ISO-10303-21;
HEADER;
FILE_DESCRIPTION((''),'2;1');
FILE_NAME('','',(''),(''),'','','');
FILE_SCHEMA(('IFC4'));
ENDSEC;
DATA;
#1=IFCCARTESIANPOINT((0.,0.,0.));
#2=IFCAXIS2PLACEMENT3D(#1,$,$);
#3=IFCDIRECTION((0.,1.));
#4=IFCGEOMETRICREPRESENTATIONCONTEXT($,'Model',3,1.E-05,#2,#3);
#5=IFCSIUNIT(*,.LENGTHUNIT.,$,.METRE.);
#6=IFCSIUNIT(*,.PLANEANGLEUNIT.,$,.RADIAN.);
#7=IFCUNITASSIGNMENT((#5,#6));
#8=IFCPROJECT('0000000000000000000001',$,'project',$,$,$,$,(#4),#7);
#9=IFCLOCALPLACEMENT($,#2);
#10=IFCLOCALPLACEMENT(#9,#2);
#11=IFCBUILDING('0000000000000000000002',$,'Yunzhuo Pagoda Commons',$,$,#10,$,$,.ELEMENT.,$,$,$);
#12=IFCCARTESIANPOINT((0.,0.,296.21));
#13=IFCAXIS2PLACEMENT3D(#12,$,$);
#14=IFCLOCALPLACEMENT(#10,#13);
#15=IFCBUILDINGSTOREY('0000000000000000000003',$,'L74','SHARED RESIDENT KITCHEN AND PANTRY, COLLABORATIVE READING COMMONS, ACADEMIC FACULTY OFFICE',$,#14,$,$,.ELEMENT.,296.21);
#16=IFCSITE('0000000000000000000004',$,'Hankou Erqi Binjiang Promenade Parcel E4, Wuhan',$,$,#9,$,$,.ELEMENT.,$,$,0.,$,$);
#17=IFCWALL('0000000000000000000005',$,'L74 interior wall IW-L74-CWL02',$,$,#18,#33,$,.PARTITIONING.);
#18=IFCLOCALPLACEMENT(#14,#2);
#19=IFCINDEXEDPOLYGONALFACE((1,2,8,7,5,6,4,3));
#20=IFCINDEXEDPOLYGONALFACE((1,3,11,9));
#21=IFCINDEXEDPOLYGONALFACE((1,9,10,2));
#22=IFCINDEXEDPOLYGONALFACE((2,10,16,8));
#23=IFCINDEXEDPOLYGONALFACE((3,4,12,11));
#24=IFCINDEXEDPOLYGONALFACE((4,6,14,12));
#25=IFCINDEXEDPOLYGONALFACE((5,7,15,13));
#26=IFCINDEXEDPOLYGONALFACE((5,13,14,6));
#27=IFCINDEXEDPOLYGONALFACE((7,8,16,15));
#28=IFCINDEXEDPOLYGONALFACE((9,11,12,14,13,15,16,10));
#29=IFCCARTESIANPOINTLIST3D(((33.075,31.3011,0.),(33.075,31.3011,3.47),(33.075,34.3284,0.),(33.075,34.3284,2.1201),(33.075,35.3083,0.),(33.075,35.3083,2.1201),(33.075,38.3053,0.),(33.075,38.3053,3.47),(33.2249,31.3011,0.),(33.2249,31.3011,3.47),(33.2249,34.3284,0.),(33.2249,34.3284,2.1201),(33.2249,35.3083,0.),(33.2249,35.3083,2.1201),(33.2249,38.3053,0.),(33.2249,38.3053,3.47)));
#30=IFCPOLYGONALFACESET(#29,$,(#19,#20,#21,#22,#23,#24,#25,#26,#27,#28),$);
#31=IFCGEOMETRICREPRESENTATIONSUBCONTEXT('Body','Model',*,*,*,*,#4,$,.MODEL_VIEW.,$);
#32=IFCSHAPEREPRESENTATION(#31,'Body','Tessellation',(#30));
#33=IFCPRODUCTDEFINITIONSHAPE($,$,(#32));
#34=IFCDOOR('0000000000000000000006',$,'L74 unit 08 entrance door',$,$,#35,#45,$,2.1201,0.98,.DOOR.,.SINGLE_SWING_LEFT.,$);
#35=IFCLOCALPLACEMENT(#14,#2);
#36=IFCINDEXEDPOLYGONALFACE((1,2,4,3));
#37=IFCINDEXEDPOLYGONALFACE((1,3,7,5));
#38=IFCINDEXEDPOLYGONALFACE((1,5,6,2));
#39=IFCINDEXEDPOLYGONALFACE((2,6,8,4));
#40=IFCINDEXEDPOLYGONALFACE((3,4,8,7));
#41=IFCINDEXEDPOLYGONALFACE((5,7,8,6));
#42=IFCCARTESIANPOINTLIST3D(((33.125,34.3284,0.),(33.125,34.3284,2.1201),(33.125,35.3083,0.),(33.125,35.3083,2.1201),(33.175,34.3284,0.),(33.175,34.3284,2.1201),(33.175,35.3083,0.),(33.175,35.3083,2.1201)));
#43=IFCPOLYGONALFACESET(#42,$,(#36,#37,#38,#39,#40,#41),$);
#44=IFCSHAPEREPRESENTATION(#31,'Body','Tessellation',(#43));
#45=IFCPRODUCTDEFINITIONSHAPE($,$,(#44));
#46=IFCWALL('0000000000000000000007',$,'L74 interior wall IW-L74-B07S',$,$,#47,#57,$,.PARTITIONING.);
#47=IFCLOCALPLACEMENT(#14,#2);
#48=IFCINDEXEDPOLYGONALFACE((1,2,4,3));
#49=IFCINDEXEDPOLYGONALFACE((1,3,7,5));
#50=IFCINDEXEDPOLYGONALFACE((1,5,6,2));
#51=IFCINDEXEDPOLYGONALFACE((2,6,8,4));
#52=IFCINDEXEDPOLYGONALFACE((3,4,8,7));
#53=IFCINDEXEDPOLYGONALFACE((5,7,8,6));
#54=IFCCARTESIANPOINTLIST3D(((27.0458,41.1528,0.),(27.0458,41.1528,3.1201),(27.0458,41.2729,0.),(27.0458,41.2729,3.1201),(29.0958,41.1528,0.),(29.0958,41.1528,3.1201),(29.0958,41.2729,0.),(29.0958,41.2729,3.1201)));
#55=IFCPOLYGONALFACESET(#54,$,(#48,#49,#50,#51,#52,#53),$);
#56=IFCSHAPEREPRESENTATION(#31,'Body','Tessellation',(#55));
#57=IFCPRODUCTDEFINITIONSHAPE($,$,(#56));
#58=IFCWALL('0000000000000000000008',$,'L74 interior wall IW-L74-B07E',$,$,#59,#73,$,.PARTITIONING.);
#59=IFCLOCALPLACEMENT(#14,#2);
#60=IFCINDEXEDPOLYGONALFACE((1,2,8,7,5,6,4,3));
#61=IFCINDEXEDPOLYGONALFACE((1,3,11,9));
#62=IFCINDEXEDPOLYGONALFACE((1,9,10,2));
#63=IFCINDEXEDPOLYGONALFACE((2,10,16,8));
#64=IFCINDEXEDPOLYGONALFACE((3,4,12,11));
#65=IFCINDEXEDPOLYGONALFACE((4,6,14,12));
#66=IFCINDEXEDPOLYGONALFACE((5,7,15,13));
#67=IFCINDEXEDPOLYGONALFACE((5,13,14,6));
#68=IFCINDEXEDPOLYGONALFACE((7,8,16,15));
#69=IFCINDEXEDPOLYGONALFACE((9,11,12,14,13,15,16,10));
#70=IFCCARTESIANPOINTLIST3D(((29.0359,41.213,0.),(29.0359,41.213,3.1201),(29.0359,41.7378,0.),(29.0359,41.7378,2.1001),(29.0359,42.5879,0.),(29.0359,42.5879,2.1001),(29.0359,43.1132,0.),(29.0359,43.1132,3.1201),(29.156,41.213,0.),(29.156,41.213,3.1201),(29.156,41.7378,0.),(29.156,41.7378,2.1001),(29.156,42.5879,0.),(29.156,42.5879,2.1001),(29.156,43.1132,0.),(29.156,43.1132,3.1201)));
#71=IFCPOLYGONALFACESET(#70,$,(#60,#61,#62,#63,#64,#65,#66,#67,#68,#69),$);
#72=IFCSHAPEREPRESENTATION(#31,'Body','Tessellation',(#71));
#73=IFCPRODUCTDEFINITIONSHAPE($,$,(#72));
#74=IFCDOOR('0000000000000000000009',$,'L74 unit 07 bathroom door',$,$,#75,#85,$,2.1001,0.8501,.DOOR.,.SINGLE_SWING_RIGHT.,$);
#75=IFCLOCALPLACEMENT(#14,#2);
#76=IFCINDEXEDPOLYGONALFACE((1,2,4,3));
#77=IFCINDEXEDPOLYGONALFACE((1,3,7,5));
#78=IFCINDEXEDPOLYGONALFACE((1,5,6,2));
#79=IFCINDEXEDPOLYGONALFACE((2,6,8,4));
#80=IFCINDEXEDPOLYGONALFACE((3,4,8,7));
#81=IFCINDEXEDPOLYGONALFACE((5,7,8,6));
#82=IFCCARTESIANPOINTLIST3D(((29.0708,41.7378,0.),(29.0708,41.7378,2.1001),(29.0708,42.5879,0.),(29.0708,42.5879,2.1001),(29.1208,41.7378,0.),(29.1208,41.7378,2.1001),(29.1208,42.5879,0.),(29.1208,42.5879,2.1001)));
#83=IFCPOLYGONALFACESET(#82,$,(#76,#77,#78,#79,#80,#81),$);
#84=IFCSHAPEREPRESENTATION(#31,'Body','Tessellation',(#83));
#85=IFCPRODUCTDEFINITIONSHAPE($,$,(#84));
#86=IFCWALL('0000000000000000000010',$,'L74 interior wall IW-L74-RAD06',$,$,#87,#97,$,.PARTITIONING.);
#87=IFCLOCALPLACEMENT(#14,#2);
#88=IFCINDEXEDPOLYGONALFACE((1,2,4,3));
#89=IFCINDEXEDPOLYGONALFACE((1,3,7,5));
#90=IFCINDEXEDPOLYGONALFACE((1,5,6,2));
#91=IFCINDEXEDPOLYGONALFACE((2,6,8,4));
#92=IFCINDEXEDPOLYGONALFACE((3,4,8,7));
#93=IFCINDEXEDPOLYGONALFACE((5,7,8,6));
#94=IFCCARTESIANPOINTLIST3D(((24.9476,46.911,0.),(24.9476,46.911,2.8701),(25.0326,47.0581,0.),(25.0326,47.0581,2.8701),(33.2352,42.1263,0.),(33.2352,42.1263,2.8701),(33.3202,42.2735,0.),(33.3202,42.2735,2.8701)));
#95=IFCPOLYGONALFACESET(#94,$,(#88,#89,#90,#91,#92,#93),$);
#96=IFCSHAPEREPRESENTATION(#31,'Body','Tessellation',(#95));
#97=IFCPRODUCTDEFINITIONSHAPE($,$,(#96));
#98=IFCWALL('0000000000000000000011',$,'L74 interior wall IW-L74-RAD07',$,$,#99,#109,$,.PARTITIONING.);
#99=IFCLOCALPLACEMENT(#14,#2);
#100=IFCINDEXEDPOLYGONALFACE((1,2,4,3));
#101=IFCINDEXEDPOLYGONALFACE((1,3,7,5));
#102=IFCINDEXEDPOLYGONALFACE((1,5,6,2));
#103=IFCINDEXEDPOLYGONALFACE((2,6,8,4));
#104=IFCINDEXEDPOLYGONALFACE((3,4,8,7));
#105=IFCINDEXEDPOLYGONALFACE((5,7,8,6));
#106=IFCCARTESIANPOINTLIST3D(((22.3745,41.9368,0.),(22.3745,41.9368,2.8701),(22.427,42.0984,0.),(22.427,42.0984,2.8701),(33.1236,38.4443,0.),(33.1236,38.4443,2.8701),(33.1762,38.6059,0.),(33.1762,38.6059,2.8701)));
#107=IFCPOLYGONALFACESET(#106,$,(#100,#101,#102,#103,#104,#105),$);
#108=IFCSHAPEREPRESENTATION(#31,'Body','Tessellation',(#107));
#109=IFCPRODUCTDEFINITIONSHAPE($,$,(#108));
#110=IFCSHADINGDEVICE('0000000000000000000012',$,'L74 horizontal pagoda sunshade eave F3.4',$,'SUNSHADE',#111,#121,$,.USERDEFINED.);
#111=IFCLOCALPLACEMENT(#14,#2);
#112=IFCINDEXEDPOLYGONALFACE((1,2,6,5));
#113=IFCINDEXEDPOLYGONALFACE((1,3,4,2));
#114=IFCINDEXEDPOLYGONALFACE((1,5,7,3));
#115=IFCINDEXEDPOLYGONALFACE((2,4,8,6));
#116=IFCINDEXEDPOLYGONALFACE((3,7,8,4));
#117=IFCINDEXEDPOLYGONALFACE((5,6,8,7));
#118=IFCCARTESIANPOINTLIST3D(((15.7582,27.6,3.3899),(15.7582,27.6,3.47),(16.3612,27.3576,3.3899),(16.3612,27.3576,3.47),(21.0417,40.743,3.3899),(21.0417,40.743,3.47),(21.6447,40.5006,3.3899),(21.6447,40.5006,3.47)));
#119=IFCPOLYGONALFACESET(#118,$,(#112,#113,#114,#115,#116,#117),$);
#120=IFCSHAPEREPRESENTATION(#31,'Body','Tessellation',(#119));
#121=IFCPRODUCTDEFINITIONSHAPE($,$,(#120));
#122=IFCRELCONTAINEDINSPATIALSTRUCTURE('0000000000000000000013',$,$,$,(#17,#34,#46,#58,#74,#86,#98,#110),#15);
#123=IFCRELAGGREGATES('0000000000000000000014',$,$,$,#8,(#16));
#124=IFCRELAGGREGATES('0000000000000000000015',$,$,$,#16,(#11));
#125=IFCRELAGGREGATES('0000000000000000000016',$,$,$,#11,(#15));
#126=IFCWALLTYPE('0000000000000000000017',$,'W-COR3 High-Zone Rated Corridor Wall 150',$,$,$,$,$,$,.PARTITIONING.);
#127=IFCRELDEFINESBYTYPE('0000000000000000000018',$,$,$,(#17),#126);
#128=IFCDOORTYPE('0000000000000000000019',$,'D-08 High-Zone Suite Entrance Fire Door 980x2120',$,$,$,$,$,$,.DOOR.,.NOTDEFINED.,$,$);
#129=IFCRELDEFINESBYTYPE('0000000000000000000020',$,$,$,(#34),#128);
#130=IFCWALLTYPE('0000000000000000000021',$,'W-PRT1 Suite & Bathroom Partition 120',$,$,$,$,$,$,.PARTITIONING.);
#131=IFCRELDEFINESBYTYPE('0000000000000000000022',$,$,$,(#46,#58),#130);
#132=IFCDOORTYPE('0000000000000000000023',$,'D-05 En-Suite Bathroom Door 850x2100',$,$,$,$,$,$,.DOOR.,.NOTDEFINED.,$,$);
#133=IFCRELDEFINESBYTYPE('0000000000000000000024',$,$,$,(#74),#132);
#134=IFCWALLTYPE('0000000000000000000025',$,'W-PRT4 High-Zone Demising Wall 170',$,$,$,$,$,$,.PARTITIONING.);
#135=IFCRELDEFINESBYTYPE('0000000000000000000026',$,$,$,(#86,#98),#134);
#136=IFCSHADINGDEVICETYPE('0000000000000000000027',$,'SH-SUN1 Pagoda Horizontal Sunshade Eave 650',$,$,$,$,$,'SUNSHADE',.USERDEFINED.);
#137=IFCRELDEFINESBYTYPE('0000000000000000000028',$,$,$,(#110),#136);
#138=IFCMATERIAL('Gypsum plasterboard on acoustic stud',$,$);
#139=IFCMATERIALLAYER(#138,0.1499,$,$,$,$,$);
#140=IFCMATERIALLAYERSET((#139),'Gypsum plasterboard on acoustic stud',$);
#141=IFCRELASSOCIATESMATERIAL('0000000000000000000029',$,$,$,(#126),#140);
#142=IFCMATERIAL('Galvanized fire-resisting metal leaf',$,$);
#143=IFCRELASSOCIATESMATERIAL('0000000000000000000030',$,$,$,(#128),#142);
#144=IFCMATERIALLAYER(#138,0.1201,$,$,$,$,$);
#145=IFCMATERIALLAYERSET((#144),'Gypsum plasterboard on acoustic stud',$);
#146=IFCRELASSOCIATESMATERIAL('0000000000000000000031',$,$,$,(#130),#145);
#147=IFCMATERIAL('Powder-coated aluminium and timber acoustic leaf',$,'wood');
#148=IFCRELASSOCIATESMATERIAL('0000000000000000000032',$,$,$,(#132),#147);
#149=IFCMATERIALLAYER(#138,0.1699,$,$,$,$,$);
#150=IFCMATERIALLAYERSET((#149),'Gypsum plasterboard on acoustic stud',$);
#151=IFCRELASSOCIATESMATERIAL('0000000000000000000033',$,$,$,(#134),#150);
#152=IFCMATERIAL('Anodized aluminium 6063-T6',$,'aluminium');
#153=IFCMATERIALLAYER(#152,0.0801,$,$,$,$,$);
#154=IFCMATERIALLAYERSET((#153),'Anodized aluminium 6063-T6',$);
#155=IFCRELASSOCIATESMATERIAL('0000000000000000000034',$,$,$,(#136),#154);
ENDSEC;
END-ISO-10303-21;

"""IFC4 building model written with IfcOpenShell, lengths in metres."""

from ifc_helpers import new_model, si_unit, direction, frame, frame_2d, origin, origin_with_axes, origin_2d, place, context, subcontext, project, spatial, rectangle, extrude, source, transform, mapped, material, layer, layer_set, type_object, element, fill, save


model = new_model("IFC4")

# Units and contexts
model_context = context("Model", 3, precision=1e-05, world=origin(), true_north=direction((0.0, 1.0)))
body_context = subcontext(model_context, "Body", "Model", "MODEL_VIEW")
ifc_project = project(units=[si_unit("LENGTHUNIT", "METRE"), si_unit("PLANEANGLEUNIT", "RADIAN")], contexts=[model_context])

# Site, building, storey
site_placement = place(None, origin())
site = spatial("IfcSite", under=ifc_project, at=site_placement, Name="Hankou Erqi Binjiang Promenade Parcel E4, Wuhan", CompositionType="ELEMENT", RefElevation=0.0)
building_placement = place(site_placement, origin())
building = spatial("IfcBuilding", under=site, at=building_placement, Name="Yunzhuo Pagoda Commons", CompositionType="ELEMENT")
storey_placement = place(building_placement, frame((0.0, 0.0, 296.21)))
storey = spatial("IfcBuildingStorey", under=building, at=storey_placement, Name="L74", Description="SHARED RESIDENT KITCHEN AND PANTRY, COLLABORATIVE READING COMMONS, ACADEMIC FACULTY OFFICE", CompositionType="ELEMENT", Elevation=296.21)

# Shared definitions
ifc_material_1 = material(Name="Anodized aluminium 6063-T6", Category="aluminium")

# Wall, opening, door
ifc_material_2 = material(Name="Gypsum plasterboard on acoustic stud")
ifc_layer_1 = layer(ifc_material_2, 0.1499)
ifc_layer_set_1 = layer_set([ifc_layer_1], Name="Gypsum plasterboard on acoustic stud")
wall_type_1 = type_object("IfcWallType", Name="W-COR3 High-Zone Rated Corridor Wall 150", PredefinedType="PARTITIONING", material=ifc_layer_set_1)
wall_1_placement = place(storey_placement, frame((33.1499, 31.3013, 0.0), z_axis=(0.0, 0.0, 1.0), x_axis=(0.0, 1.0, 0.0)))
wall_1 = element("IfcWall", 1, at=wall_1_placement, inside=storey, type_object=wall_type_1, Name="L74 interior wall IW-L74-CWL02", PredefinedType="PARTITIONING", context=body_context, shape_type="SweptSolid", body=[
    extrude(rectangle(XDim=7.0042, YDim=0.1499, at=frame_2d((3.502, 0.0))), origin(), (0.0, 0.0, 1.0), 3.47),
])
opening_1_placement = place(wall_1_placement, frame((3.0271, 0.0, 0.0)))
opening_1 = element("IfcOpeningElement", 2, at=opening_1_placement, cuts=wall_1, PredefinedType="OPENING", context=body_context, shape_type="SweptSolid", body=[
    extrude(rectangle(XDim=0.98, YDim=2.1201, at=frame_2d((0.49, 1.0601))), frame((0.0, 0.085, 0.0), z_axis=(0.0, -1.0, 0.0), x_axis=(1.0, 0.0, 0.0)), (0.0, 0.0, 1.0), 0.1699),
])
ifc_material_3 = material(Name="Galvanized fire-resisting metal leaf")
door_type_1 = type_object("IfcDoorType", Name="D-08 High-Zone Suite Entrance Fire Door 980x2120", OperationType="NOTDEFINED", PredefinedType="DOOR", material=ifc_material_3)
shared_shape_1 = source(origin(), body_context, "Body", "SweptSolid", [
    extrude(rectangle(XDim=0.98, YDim=2.1201, at=frame_2d((0.49, 1.0601))), frame((0.0, 0.0249, 0.0), z_axis=(0.0, -1.0, 0.0), x_axis=(1.0, 0.0, 0.0)), (0.0, 0.0, 1.0), 0.05),
])
door_1_placement = place(opening_1_placement, origin_with_axes())
door_1 = element("IfcDoor", 3, at=door_1_placement, inside=storey, type_object=door_type_1, Name="L74 unit 08 entrance door", OperationType="SINGLE_SWING_LEFT", OverallHeight=2.1201, OverallWidth=0.98, PredefinedType="DOOR", context=body_context, shape_type="MappedRepresentation", body=[
    mapped(shared_shape_1, transform((0.0, 0.0, 0.0), scale=1.0)),
])
fill(opening_1, door_1)

# Wall
ifc_layer_2 = layer(ifc_material_2, 0.1201)
ifc_layer_set_2 = layer_set([ifc_layer_2], Name="Gypsum plasterboard on acoustic stud")
wall_type_2 = type_object("IfcWallType", Name="W-PRT1 Suite & Bathroom Partition 120", PredefinedType="PARTITIONING", material=ifc_layer_set_2)
wall_2_placement = place(storey_placement, frame((27.0459, 41.2129, 0.0), z_axis=(0.0, 0.0, 1.0), x_axis=(1.0, 0.0, 0.0)))
element("IfcWall", 4, at=wall_2_placement, inside=storey, type_object=wall_type_2, Name="L74 interior wall IW-L74-B07S", PredefinedType="PARTITIONING", context=body_context, shape_type="SweptSolid", body=[
    extrude(rectangle(XDim=2.05, YDim=0.1201, at=frame_2d((1.0249, 0.0))), origin(), (0.0, 0.0, 1.0), 3.1201),
])

# Wall, opening, door
wall_3_placement = place(storey_placement, frame((29.0959, 41.2129, 0.0), z_axis=(0.0, 0.0, 1.0), x_axis=(0.0, 1.0, 0.0)))
wall_3 = element("IfcWall", 5, at=wall_3_placement, inside=storey, type_object=wall_type_2, Name="L74 interior wall IW-L74-B07E", PredefinedType="PARTITIONING", context=body_context, shape_type="SweptSolid", body=[
    extrude(rectangle(XDim=1.9001, YDim=0.1201, at=frame_2d((0.9502, 0.0))), origin(), (0.0, 0.0, 1.0), 3.1201),
])
opening_2_placement = place(wall_3_placement, frame((0.5249, 0.0, 0.0)))
opening_2 = element("IfcOpeningElement", 6, at=opening_2_placement, cuts=wall_3, PredefinedType="OPENING", context=body_context, shape_type="SweptSolid", body=[
    extrude(rectangle(XDim=0.8501, YDim=2.1001, at=frame_2d((0.425, 1.05))), frame((0.0, 0.0701, 0.0), z_axis=(0.0, -1.0, 0.0), x_axis=(1.0, 0.0, 0.0)), (0.0, 0.0, 1.0), 0.1401),
])
ifc_material_4 = material(Name="Powder-coated aluminium and timber acoustic leaf", Category="wood")
door_type_2 = type_object("IfcDoorType", Name="D-05 En-Suite Bathroom Door 850x2100", OperationType="NOTDEFINED", PredefinedType="DOOR", material=ifc_material_4)
shared_shape_2 = source(origin(), body_context, "Body", "SweptSolid", [
    extrude(rectangle(XDim=0.8501, YDim=2.1001, at=frame_2d((0.425, 1.05))), frame((0.0, 0.0249, 0.0), z_axis=(0.0, -1.0, 0.0), x_axis=(1.0, 0.0, 0.0)), (0.0, 0.0, 1.0), 0.05),
])
door_2_placement = place(opening_2_placement, frame((0.8501, 0.0, 0.0), z_axis=(0.0, 0.0, 1.0), x_axis=(-1.0, 0.0, 0.0)))
door_2 = element("IfcDoor", 7, at=door_2_placement, inside=storey, type_object=door_type_2, Name="L74 unit 07 bathroom door", OperationType="SINGLE_SWING_RIGHT", OverallHeight=2.1001, OverallWidth=0.8501, PredefinedType="DOOR", context=body_context, shape_type="MappedRepresentation", body=[
    mapped(shared_shape_2, transform((0.0, 0.0, 0.0), scale=1.0)),
])
fill(opening_2, door_2)

# Walls
ifc_layer_3 = layer(ifc_material_2, 0.1699)
ifc_layer_set_3 = layer_set([ifc_layer_3], Name="Gypsum plasterboard on acoustic stud")
wall_type_3 = type_object("IfcWallType", Name="W-PRT4 High-Zone Demising Wall 170", PredefinedType="PARTITIONING", material=ifc_layer_set_3)
wall_4_placement = place(storey_placement, frame((33.2776, 42.2, 0.0), z_axis=(0.0, 0.0, 1.0), x_axis=(-0.866033, 0.499986, 0.0)))
element("IfcWall", 8, at=wall_4_placement, inside=storey, type_object=wall_type_3, Name="L74 interior wall IW-L74-RAD06", PredefinedType="PARTITIONING", context=body_context, shape_type="SweptSolid", body=[
    extrude(rectangle(XDim=9.5696, YDim=0.1699, at=frame_2d((4.7847, 0.0))), origin(), (0.0, 0.0, 1.0), 2.8701),
])
wall_5_placement = place(storey_placement, frame((33.1499, 38.5251, 0.0), z_axis=(0.0, 0.0, 1.0), x_axis=(-0.95106, 0.309006, 0.0)))
element("IfcWall", 9, at=wall_5_placement, inside=storey, type_object=wall_type_3, Name="L74 interior wall IW-L74-RAD07", PredefinedType="PARTITIONING", context=body_context, shape_type="SweptSolid", body=[
    extrude(rectangle(XDim=11.3022, YDim=0.1699, at=frame_2d((5.6511, 0.0))), origin(), (0.0, 0.0, 1.0), 2.8701),
])

# Shading device
ifc_layer_4 = layer(ifc_material_1, 0.0801)
ifc_layer_set_4 = layer_set([ifc_layer_4], Name="Anodized aluminium 6063-T6")
shading_device_type = type_object("IfcShadingDeviceType", Name="SH-SUN1 Pagoda Horizontal Sunshade Eave 650", ElementType="SUNSHADE", PredefinedType="USERDEFINED", material=ifc_layer_set_4)
shared_shape_3 = source(origin(), body_context, "Body", "SweptSolid", [
    extrude(rectangle(XDim=14.1653, YDim=0.6499, at=origin_2d()), origin(), (0.0, 0.0, 1.0), 0.0801),
])
shading_device_placement = place(storey_placement, frame((18.7014, 34.0503, 3.3899), z_axis=(0.0, 0.0, 1.0), x_axis=(-0.372988, -0.927836, 0.0)))
element("IfcShadingDevice", 10, at=shading_device_placement, inside=storey, type_object=shading_device_type, Name="L74 horizontal pagoda sunshade eave F3.4", ObjectType="SUNSHADE", PredefinedType="USERDEFINED", context=body_context, shape_type="MappedRepresentation", body=[
    mapped(shared_shape_3, transform((0.0, 0.0, 0.0), scale=1.0)),
])

save(model, "model.ifc")
